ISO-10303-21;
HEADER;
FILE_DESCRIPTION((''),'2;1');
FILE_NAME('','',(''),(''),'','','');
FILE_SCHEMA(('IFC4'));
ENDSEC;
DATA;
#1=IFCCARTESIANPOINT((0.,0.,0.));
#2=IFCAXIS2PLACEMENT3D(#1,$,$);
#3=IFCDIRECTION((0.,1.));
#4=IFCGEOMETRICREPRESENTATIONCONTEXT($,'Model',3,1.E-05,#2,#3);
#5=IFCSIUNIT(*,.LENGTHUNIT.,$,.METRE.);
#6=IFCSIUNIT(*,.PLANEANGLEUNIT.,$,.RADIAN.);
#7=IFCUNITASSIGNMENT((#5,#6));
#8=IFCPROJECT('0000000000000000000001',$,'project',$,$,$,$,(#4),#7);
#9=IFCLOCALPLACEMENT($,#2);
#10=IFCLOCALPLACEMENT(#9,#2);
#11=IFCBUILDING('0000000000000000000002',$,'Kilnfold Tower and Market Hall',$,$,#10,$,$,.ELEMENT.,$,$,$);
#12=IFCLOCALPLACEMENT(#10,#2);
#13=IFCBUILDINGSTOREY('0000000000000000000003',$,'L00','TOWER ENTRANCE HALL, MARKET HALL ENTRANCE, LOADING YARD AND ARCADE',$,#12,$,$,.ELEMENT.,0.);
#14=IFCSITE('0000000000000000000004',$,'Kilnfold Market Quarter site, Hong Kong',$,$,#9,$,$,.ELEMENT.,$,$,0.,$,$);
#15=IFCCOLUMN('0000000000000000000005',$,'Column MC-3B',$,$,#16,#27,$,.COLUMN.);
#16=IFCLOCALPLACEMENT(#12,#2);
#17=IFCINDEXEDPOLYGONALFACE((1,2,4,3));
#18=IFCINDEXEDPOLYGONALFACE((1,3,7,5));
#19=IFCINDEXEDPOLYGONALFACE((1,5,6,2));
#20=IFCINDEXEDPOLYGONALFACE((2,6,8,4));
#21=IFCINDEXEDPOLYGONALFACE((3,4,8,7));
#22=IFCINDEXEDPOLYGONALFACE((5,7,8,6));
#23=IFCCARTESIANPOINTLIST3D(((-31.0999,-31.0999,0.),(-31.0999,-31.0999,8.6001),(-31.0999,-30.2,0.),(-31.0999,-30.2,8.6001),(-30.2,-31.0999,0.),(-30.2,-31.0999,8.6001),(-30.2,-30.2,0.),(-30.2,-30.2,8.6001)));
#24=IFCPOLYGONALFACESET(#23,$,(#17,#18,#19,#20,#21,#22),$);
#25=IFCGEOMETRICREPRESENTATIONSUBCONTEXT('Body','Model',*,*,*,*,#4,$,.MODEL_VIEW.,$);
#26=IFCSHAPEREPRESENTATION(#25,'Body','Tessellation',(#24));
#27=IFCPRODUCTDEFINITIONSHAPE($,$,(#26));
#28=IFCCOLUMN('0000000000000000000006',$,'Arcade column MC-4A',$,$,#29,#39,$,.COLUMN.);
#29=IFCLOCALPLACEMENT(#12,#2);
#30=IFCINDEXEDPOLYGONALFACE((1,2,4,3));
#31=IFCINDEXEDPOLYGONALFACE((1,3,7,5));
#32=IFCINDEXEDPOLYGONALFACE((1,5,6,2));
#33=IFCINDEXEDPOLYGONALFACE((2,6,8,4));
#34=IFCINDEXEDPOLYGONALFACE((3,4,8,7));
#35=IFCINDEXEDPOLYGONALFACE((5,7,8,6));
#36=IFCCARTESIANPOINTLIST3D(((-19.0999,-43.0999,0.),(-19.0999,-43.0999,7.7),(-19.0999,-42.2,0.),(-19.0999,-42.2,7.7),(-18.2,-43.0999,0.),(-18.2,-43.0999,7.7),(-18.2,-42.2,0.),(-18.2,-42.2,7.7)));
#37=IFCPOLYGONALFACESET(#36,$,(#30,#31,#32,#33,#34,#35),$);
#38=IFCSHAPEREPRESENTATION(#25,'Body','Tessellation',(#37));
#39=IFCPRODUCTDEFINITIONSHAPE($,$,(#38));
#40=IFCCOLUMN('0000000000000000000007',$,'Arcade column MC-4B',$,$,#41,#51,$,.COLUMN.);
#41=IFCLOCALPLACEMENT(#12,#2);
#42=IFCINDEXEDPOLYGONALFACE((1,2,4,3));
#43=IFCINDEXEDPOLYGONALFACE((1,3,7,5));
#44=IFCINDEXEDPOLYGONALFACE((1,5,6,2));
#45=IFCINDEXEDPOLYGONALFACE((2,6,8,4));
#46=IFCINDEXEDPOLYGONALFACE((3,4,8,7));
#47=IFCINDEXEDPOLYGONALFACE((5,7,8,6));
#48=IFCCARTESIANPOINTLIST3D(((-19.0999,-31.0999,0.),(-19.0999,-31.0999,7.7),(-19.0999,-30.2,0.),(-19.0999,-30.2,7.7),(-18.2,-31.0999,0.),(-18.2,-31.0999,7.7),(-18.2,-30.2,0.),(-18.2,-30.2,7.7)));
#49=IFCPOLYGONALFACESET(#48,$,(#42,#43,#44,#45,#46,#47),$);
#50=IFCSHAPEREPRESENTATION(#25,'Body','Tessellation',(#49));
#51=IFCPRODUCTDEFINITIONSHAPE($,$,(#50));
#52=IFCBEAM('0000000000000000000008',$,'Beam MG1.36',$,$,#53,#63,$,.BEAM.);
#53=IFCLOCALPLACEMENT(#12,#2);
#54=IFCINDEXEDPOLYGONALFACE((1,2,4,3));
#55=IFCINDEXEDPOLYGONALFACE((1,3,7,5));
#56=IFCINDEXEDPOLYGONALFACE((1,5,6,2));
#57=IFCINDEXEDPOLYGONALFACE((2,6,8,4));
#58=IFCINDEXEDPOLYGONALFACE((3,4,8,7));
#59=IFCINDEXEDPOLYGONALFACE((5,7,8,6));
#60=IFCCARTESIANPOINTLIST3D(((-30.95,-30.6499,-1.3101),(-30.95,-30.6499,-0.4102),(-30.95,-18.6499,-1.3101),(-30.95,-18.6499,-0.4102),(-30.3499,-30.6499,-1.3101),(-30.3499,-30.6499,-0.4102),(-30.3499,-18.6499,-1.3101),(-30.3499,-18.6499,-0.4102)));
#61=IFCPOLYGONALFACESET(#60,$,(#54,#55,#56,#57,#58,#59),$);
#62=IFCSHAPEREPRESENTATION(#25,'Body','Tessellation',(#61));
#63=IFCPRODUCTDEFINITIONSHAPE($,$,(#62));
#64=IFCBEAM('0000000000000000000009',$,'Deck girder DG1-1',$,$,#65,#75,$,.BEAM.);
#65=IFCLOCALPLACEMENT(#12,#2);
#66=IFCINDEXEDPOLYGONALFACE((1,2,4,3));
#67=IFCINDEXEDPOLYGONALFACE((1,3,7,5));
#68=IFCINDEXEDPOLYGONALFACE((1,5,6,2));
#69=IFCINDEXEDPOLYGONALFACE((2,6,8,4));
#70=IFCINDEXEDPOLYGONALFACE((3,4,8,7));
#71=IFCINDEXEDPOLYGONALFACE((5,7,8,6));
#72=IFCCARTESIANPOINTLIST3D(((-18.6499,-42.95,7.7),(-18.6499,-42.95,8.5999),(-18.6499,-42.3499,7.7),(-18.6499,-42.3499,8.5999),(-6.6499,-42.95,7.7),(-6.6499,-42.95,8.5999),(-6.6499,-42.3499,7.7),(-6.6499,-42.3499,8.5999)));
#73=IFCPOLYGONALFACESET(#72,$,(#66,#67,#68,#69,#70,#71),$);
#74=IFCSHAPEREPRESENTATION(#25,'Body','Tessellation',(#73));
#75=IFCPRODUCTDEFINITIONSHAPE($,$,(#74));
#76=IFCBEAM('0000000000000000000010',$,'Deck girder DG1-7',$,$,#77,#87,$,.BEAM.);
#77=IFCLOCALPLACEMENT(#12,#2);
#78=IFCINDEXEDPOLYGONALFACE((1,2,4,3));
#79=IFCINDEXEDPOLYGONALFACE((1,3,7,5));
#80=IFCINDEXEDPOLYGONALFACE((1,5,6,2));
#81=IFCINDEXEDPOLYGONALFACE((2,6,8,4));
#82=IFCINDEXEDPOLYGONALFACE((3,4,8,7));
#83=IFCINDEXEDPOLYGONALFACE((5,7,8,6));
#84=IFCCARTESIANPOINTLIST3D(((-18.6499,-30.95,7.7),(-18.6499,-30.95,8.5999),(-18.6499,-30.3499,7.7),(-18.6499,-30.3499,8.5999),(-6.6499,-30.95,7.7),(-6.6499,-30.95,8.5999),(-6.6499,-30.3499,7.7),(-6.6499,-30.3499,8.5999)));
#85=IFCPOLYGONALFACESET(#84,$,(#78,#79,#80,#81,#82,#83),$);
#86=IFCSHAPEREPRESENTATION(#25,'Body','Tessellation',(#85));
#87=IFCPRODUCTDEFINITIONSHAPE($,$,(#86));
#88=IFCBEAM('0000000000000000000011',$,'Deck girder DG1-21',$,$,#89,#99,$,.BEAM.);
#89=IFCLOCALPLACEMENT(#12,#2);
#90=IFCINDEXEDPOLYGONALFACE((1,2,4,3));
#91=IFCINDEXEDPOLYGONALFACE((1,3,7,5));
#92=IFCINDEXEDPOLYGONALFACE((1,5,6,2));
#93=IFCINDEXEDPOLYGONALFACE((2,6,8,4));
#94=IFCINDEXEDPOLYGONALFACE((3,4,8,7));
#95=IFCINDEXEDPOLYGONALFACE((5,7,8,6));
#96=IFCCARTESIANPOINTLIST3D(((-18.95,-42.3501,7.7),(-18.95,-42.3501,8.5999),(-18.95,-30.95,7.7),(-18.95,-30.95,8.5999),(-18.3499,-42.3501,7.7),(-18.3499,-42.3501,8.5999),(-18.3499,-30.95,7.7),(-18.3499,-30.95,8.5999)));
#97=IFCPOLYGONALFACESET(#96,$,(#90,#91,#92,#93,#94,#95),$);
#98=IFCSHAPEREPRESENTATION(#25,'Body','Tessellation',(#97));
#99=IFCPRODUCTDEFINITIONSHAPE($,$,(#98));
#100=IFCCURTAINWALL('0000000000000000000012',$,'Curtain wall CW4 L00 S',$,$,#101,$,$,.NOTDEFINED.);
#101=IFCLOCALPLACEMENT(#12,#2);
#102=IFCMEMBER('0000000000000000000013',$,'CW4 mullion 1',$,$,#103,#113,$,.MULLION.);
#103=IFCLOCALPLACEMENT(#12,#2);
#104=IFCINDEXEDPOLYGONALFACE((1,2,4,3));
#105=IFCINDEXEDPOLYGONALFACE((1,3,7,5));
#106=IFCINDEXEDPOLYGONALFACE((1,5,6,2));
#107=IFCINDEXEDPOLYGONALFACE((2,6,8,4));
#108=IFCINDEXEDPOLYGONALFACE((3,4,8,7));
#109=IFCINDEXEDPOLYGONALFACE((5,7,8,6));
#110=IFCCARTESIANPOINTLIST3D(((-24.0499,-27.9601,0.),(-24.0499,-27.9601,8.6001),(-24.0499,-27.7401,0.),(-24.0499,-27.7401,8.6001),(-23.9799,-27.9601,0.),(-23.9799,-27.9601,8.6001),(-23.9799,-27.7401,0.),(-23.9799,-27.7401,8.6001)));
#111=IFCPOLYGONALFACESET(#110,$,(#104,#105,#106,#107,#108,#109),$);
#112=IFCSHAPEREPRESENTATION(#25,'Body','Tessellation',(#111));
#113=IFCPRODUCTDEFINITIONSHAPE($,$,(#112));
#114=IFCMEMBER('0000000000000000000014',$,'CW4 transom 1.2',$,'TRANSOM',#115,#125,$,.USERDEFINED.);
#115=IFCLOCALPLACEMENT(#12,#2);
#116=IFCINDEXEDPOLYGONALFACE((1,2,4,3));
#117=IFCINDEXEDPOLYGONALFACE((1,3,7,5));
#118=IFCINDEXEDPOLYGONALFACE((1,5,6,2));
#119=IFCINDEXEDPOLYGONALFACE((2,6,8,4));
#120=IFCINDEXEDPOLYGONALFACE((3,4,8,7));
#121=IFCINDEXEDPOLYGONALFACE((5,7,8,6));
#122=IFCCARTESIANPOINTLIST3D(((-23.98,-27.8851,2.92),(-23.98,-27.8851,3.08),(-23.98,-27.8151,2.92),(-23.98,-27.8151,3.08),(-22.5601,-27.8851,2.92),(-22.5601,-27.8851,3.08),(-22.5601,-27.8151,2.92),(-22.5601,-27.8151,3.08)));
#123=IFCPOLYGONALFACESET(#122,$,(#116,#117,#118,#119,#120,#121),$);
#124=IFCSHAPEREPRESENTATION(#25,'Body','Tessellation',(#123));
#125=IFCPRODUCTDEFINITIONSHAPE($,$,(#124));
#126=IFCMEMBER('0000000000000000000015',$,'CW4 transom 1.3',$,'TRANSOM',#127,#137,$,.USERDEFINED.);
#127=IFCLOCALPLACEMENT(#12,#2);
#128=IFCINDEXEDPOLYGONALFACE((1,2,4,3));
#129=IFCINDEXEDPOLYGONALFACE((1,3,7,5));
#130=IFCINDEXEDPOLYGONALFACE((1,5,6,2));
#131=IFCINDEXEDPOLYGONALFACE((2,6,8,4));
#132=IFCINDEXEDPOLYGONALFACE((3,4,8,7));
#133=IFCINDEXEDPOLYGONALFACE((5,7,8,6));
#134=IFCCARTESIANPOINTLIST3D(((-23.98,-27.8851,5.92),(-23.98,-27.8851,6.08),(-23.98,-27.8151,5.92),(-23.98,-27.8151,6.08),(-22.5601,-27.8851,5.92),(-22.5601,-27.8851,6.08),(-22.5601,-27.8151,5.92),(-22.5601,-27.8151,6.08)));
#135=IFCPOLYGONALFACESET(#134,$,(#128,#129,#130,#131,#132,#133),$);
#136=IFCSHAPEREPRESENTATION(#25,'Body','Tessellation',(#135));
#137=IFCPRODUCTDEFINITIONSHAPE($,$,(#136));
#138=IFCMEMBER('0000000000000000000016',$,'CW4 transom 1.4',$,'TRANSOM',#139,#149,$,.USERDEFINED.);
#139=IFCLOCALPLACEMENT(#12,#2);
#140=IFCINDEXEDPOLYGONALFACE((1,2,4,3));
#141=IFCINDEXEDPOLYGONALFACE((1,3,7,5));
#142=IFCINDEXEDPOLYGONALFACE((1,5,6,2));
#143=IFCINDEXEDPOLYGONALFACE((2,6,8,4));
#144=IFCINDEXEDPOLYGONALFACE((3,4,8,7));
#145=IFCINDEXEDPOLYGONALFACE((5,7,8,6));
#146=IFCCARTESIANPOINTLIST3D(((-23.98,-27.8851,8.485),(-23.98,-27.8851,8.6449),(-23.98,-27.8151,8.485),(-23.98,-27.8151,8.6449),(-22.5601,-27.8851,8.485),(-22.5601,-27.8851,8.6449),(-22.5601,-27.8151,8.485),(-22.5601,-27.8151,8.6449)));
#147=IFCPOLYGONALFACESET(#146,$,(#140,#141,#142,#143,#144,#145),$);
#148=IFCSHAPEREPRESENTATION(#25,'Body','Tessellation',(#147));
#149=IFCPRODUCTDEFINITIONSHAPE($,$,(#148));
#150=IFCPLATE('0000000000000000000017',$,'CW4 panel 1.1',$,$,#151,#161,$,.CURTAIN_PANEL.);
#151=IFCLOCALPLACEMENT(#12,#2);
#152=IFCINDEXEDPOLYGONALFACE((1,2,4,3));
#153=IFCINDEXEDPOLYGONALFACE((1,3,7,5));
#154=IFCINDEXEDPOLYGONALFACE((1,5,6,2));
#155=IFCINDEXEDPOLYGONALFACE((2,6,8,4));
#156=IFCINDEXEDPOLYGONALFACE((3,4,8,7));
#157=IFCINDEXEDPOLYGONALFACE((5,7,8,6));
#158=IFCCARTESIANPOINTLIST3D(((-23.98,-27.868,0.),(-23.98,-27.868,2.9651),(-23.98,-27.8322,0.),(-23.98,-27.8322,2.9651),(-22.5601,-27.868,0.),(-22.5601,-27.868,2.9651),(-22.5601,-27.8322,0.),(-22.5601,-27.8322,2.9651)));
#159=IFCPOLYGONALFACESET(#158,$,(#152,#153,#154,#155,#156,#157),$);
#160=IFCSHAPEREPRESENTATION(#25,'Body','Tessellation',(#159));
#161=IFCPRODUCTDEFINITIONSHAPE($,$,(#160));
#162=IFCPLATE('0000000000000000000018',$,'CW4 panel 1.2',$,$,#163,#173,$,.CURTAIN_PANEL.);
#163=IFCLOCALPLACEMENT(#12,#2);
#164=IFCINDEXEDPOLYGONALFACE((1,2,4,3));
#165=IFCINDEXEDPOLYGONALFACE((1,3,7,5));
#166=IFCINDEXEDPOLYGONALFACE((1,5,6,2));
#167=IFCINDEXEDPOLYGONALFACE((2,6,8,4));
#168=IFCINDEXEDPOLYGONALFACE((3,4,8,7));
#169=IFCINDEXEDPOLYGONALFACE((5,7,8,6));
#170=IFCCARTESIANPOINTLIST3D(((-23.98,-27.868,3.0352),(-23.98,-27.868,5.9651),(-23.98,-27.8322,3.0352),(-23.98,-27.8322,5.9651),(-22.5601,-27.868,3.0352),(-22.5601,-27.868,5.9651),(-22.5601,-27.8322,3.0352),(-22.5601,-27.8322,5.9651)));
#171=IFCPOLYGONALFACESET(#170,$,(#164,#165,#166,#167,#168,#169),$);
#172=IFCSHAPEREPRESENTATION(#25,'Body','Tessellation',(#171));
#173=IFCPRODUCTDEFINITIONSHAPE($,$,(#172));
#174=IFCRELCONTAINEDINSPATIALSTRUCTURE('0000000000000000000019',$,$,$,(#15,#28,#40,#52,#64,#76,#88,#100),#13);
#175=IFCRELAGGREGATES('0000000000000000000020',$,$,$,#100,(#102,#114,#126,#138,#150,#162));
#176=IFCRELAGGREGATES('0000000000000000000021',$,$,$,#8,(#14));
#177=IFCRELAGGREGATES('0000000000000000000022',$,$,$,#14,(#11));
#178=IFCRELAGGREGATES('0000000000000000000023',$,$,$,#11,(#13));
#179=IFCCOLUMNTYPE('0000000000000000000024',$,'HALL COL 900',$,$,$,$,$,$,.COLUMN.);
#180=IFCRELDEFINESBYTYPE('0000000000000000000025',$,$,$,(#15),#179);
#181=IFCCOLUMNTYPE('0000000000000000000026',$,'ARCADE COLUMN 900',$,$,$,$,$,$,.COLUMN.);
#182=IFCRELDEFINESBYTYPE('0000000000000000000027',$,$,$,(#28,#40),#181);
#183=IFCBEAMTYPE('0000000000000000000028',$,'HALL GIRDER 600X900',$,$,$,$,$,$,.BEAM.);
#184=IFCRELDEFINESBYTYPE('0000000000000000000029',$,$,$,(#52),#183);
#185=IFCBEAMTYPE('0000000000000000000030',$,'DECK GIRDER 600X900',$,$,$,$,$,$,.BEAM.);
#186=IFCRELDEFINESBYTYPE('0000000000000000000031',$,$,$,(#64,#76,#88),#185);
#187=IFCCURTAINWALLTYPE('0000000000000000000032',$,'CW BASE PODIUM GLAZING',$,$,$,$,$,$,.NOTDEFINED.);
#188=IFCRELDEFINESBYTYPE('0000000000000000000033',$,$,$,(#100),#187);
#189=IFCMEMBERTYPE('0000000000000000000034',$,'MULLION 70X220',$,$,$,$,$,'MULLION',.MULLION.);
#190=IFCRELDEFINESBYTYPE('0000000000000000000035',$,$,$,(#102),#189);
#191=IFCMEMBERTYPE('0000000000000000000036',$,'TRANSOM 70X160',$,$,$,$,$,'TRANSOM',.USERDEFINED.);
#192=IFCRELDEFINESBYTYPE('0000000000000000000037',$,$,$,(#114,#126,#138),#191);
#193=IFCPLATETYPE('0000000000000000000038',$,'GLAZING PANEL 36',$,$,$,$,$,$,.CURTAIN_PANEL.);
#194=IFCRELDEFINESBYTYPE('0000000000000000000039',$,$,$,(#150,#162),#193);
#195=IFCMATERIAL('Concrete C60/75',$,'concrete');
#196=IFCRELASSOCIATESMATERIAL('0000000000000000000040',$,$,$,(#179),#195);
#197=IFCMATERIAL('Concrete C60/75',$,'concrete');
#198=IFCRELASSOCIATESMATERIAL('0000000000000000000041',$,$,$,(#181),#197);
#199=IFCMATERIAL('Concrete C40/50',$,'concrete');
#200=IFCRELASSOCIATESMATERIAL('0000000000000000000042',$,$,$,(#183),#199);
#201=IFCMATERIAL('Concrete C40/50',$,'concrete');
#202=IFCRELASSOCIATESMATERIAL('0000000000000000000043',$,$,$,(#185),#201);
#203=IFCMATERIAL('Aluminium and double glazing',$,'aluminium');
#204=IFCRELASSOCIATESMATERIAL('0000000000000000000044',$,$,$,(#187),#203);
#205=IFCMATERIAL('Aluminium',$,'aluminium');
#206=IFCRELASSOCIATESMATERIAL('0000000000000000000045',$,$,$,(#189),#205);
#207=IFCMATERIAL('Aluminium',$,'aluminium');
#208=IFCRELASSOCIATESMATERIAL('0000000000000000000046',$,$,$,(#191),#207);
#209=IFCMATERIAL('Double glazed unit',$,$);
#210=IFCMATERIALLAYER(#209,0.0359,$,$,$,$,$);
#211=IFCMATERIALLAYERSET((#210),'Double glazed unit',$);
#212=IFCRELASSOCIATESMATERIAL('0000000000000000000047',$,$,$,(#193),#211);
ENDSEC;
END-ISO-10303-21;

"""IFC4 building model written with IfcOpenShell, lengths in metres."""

from ifc_helpers import new_model, si_unit, direction, frame, origin, origin_2d, place, context, subcontext, project, spatial, rectangle, extrude, source, transform, mapped, material, layer, layer_set, material_profile, profile_set, type_object, element, aggregate, save


model = new_model("IFC4")

# Units and contexts
model_context = context("Model", 3, precision=1e-05, world=origin(), true_north=direction((0.0, 1.0)))
body_context = subcontext(model_context, "Body", "Model", "MODEL_VIEW")
ifc_project = project(units=[si_unit("LENGTHUNIT", "METRE"), si_unit("PLANEANGLEUNIT", "RADIAN")], contexts=[model_context])

# Site, building, storey
site_placement = place(None, origin())
site = spatial("IfcSite", under=ifc_project, at=site_placement, Name="Kilnfold Market Quarter site, Hong Kong", CompositionType="ELEMENT", RefElevation=0.0)
building_placement = place(site_placement, origin())
building = spatial("IfcBuilding", under=site, at=building_placement, Name="Kilnfold Tower and Market Hall", CompositionType="ELEMENT")
storey_placement = place(building_placement, origin())
storey = spatial("IfcBuildingStorey", under=building, at=storey_placement, Name="L00", Description="TOWER ENTRANCE HALL, MARKET HALL ENTRANCE, LOADING YARD AND ARCADE", CompositionType="ELEMENT", Elevation=0.0)

# Columns
ifc_material_1 = material(Name="Concrete C60/75", Category="concrete")
ifc_material_profile_1 = material_profile(ifc_material_1, rectangle(XDim=0.8999, YDim=0.8999, at=origin_2d()), Name="RC 900x900")
ifc_profile_set_1 = profile_set([ifc_material_profile_1], Name="Concrete C60/75")
column_type_1 = type_object("IfcColumnType", Name="HALL COL 900", PredefinedType="COLUMN", material=ifc_profile_set_1)
shared_shape_1 = source(origin(), body_context, "Body", "SweptSolid", [
    extrude(rectangle(XDim=0.8999, YDim=0.8999, at=origin_2d()), origin(), (0.0, 0.0, 1.0), 8.6001),
])
column_placement = place(storey_placement, frame((-30.6499, -30.6499, 0.0), z_axis=(0.0, 0.0, 1.0), x_axis=(1.0, 0.0, 0.0)))
element("IfcColumn", 1, at=column_placement, inside=storey, type_object=column_type_1, Name="Column MC-3B", PredefinedType="COLUMN", context=body_context, shape_type="MappedRepresentation", body=[
    mapped(shared_shape_1, transform((0.0, 0.0, 0.0))),
])
ifc_material_2 = material(Name="Concrete C60/75", Category="concrete")
ifc_material_profile_2 = material_profile(ifc_material_2, rectangle(XDim=0.8999, YDim=0.8999, at=origin_2d()), Name="RC 900x900")
ifc_profile_set_2 = profile_set([ifc_material_profile_2], Name="Concrete C60/75")
column_type_2 = type_object("IfcColumnType", Name="ARCADE COLUMN 900", PredefinedType="COLUMN", material=ifc_profile_set_2)
shared_shape_2 = source(origin(), body_context, "Body", "SweptSolid", [
    extrude(rectangle(XDim=0.8999, YDim=0.8999, at=origin_2d()), origin(), (0.0, 0.0, 1.0), 7.7),
])
for number, where, z_axis, x_axis, name in (
    (2, (-18.6499, -42.6499, 0.0), (0.0, 0.0, 1.0), (1.0, 0.0, 0.0), "Arcade column MC-4A"),
    (3, (-18.6499, -30.6499, 0.0), (0.0, 0.0, 1.0), (1.0, 0.0, 0.0), "Arcade column MC-4B"),
):
    element("IfcColumn", number, at=place(storey_placement, frame(where, z_axis=z_axis, x_axis=x_axis)), inside=storey, type_object=column_type_2, Name=name, PredefinedType="COLUMN", context=body_context, shape_type="MappedRepresentation", body=[
        mapped(shared_shape_2, transform((0.0, 0.0, 0.0))),
    ])

# Beams
ifc_material_3 = material(Name="Concrete C40/50", Category="concrete")
ifc_material_profile_3 = material_profile(ifc_material_3, rectangle(XDim=0.6001, YDim=0.8999, at=origin_2d()), Name="RC 600x900")
ifc_profile_set_3 = profile_set([ifc_material_profile_3], Name="Concrete C40/50")
beam_type_1 = type_object("IfcBeamType", Name="HALL GIRDER 600X900", PredefinedType="BEAM", material=ifc_profile_set_3)
beam_1_placement = place(storey_placement, frame((-30.6499, -30.6499, -0.8601), z_axis=(0.0, 1.0, 0.0), x_axis=(-1.0, 0.0, 0.0)))
element("IfcBeam", 4, at=beam_1_placement, inside=storey, type_object=beam_type_1, Name="Beam MG1.36", PredefinedType="BEAM", context=body_context, shape_type="SweptSolid", body=[
    extrude(rectangle(XDim=0.6001, YDim=0.8999, at=origin_2d()), origin(), (0.0, 0.0, 1.0), 12.0),
])
ifc_material_4 = material(Name="Concrete C40/50", Category="concrete")
ifc_material_profile_4 = material_profile(ifc_material_4, rectangle(XDim=0.6001, YDim=0.8999, at=origin_2d()), Name="RC 600x900")
ifc_profile_set_4 = profile_set([ifc_material_profile_4], Name="Concrete C40/50")
beam_type_2 = type_object("IfcBeamType", Name="DECK GIRDER 600X900", PredefinedType="BEAM", material=ifc_profile_set_4)
shared_shape_3 = source(origin(), body_context, "Body", "SweptSolid", [
    extrude(rectangle(XDim=0.6001, YDim=0.8999, at=origin_2d()), origin(), (0.0, 0.0, 1.0), 12.0),
])
for number, where, z_axis, x_axis, name in (
    (5, (-18.6499, -42.6499, 8.1499), (1.0, 0.0, 0.0), (0.0, 1.0, 0.0), "Deck girder DG1-1"),
    (6, (-18.6499, -30.6499, 8.1499), (1.0, 0.0, 0.0), (0.0, 1.0, 0.0), "Deck girder DG1-7"),
):
    element("IfcBeam", number, at=place(storey_placement, frame(where, z_axis=z_axis, x_axis=x_axis)), inside=storey, type_object=beam_type_2, Name=name, PredefinedType="BEAM", context=body_context, shape_type="MappedRepresentation", body=[
        mapped(shared_shape_3, transform((0.0, 0.0, 0.0))),
    ])
shared_shape_4 = source(origin(), body_context, "Body", "SweptSolid", [
    extrude(rectangle(XDim=0.6001, YDim=0.8999, at=origin_2d()), origin(), (0.0, 0.0, 1.0), 11.4001),
])
beam_2_placement = place(storey_placement, frame((-18.6499, -42.3501, 8.1499), z_axis=(0.0, 1.0, 0.0), x_axis=(-1.0, 0.0, 0.0)))
element("IfcBeam", 7, at=beam_2_placement, inside=storey, type_object=beam_type_2, Name="Deck girder DG1-21", PredefinedType="BEAM", context=body_context, shape_type="MappedRepresentation", body=[
    mapped(shared_shape_4, transform((0.0, 0.0, 0.0))),
])

# Curtain wall, members, plates
ifc_material_5 = material(Name="Aluminium and double glazing", Category="aluminium")
curtain_wall_type = type_object("IfcCurtainWallType", Name="CW BASE PODIUM GLAZING", PredefinedType="NOTDEFINED", material=ifc_material_5)
curtain_wall_placement = place(storey_placement, origin())
curtain_wall = element("IfcCurtainWall", 8, at=curtain_wall_placement, inside=storey, type_object=curtain_wall_type, Name="Curtain wall CW4 L00 S", PredefinedType="NOTDEFINED")
ifc_material_6 = material(Name="Aluminium", Category="aluminium")
ifc_material_profile_5 = material_profile(ifc_material_6, rectangle(XDim=0.0701, YDim=0.22, at=origin_2d()), Name="MULLION 70x220")
ifc_profile_set_5 = profile_set([ifc_material_profile_5], Name="Aluminium")
member_type_1 = type_object("IfcMemberType", Name="MULLION 70X220", ElementType="MULLION", PredefinedType="MULLION", material=ifc_profile_set_5)
shared_shape_5 = source(origin(), body_context, "Body", "SweptSolid", [
    extrude(rectangle(XDim=0.0701, YDim=0.22, at=origin_2d()), origin(), (0.0, 0.0, 1.0), 8.6001),
])
member_1_placement = place(storey_placement, frame((-24.0149, -27.8501, 0.0), z_axis=(0.0, 0.0, 1.0), x_axis=(1.0, 0.0, 0.0)))
member_1 = element("IfcMember", 9, at=member_1_placement, type_object=member_type_1, Name="CW4 mullion 1", PredefinedType="MULLION", context=body_context, shape_type="MappedRepresentation", body=[
    mapped(shared_shape_5, transform((0.0, 0.0, 0.0))),
])
ifc_material_7 = material(Name="Aluminium", Category="aluminium")
ifc_material_profile_6 = material_profile(ifc_material_7, rectangle(XDim=0.0701, YDim=0.1599, at=origin_2d()), Name="TRANSOM 70x160")
ifc_profile_set_6 = profile_set([ifc_material_profile_6], Name="Aluminium")
member_type_2 = type_object("IfcMemberType", Name="TRANSOM 70X160", ElementType="TRANSOM", PredefinedType="USERDEFINED", material=ifc_profile_set_6)
shared_shape_6 = source(origin(), body_context, "Body", "SweptSolid", [
    extrude(rectangle(XDim=0.0701, YDim=0.1599, at=origin_2d()), origin(), (0.0, 0.0, 1.0), 1.4199),
])
member_2_placement = place(storey_placement, frame((-23.98, -27.8501, 3.0), z_axis=(1.0, 0.0, 0.0), x_axis=(0.0, 1.0, 0.0)))
member_2 = element("IfcMember", 10, at=member_2_placement, type_object=member_type_2, Name="CW4 transom 1.2", ObjectType="TRANSOM", PredefinedType="USERDEFINED", context=body_context, shape_type="MappedRepresentation", body=[
    mapped(shared_shape_6, transform((0.0, 0.0, 0.0))),
])
member_3_placement = place(storey_placement, frame((-23.98, -27.8501, 6.0), z_axis=(1.0, 0.0, 0.0), x_axis=(0.0, 1.0, 0.0)))
member_3 = element("IfcMember", 11, at=member_3_placement, type_object=member_type_2, Name="CW4 transom 1.3", ObjectType="TRANSOM", PredefinedType="USERDEFINED", context=body_context, shape_type="MappedRepresentation", body=[
    mapped(shared_shape_6, transform((0.0, 0.0, 0.0))),
])
member_4_placement = place(storey_placement, frame((-23.98, -27.8501, 8.5649), z_axis=(1.0, 0.0, 0.0), x_axis=(0.0, 1.0, 0.0)))
member_4 = element("IfcMember", 12, at=member_4_placement, type_object=member_type_2, Name="CW4 transom 1.4", ObjectType="TRANSOM", PredefinedType="USERDEFINED", context=body_context, shape_type="MappedRepresentation", body=[
    mapped(shared_shape_6, transform((0.0, 0.0, 0.0))),
])
ifc_material_8 = material(Name="Double glazed unit")
ifc_layer_1 = layer(ifc_material_8, 0.0359)
ifc_layer_set_1 = layer_set([ifc_layer_1], Name="Double glazed unit")
plate_type = type_object("IfcPlateType", Name="GLAZING PANEL 36", PredefinedType="CURTAIN_PANEL", material=ifc_layer_set_1)
shared_shape_7 = source(origin(), body_context, "Body", "SweptSolid", [
    extrude(rectangle(XDim=1.4199, YDim=0.0359, at=origin_2d()), origin(), (0.0, 0.0, 1.0), 2.9651),
])
plate_1_placement = place(storey_placement, frame((-23.27, -27.8501, 0.0), z_axis=(0.0, 0.0, 1.0), x_axis=(1.0, 0.0, 0.0)))
plate_1 = element("IfcPlate", 13, at=plate_1_placement, type_object=plate_type, Name="CW4 panel 1.1", PredefinedType="CURTAIN_PANEL", context=body_context, shape_type="MappedRepresentation", body=[
    mapped(shared_shape_7, transform((0.0, 0.0, 0.0))),
])
shared_shape_8 = source(origin(), body_context, "Body", "SweptSolid", [
    extrude(rectangle(XDim=1.4199, YDim=0.0359, at=origin_2d()), origin(), (0.0, 0.0, 1.0), 2.9299),
])
plate_2_placement = place(storey_placement, frame((-23.27, -27.8501, 3.0352), z_axis=(0.0, 0.0, 1.0), x_axis=(1.0, 0.0, 0.0)))
plate_2 = element("IfcPlate", 14, at=plate_2_placement, type_object=plate_type, Name="CW4 panel 1.2", PredefinedType="CURTAIN_PANEL", context=body_context, shape_type="MappedRepresentation", body=[
    mapped(shared_shape_8, transform((0.0, 0.0, 0.0))),
])
aggregate(curtain_wall, [member_1, member_2, member_3, member_4, plate_1, plate_2])

save(model, "model.ifc")
